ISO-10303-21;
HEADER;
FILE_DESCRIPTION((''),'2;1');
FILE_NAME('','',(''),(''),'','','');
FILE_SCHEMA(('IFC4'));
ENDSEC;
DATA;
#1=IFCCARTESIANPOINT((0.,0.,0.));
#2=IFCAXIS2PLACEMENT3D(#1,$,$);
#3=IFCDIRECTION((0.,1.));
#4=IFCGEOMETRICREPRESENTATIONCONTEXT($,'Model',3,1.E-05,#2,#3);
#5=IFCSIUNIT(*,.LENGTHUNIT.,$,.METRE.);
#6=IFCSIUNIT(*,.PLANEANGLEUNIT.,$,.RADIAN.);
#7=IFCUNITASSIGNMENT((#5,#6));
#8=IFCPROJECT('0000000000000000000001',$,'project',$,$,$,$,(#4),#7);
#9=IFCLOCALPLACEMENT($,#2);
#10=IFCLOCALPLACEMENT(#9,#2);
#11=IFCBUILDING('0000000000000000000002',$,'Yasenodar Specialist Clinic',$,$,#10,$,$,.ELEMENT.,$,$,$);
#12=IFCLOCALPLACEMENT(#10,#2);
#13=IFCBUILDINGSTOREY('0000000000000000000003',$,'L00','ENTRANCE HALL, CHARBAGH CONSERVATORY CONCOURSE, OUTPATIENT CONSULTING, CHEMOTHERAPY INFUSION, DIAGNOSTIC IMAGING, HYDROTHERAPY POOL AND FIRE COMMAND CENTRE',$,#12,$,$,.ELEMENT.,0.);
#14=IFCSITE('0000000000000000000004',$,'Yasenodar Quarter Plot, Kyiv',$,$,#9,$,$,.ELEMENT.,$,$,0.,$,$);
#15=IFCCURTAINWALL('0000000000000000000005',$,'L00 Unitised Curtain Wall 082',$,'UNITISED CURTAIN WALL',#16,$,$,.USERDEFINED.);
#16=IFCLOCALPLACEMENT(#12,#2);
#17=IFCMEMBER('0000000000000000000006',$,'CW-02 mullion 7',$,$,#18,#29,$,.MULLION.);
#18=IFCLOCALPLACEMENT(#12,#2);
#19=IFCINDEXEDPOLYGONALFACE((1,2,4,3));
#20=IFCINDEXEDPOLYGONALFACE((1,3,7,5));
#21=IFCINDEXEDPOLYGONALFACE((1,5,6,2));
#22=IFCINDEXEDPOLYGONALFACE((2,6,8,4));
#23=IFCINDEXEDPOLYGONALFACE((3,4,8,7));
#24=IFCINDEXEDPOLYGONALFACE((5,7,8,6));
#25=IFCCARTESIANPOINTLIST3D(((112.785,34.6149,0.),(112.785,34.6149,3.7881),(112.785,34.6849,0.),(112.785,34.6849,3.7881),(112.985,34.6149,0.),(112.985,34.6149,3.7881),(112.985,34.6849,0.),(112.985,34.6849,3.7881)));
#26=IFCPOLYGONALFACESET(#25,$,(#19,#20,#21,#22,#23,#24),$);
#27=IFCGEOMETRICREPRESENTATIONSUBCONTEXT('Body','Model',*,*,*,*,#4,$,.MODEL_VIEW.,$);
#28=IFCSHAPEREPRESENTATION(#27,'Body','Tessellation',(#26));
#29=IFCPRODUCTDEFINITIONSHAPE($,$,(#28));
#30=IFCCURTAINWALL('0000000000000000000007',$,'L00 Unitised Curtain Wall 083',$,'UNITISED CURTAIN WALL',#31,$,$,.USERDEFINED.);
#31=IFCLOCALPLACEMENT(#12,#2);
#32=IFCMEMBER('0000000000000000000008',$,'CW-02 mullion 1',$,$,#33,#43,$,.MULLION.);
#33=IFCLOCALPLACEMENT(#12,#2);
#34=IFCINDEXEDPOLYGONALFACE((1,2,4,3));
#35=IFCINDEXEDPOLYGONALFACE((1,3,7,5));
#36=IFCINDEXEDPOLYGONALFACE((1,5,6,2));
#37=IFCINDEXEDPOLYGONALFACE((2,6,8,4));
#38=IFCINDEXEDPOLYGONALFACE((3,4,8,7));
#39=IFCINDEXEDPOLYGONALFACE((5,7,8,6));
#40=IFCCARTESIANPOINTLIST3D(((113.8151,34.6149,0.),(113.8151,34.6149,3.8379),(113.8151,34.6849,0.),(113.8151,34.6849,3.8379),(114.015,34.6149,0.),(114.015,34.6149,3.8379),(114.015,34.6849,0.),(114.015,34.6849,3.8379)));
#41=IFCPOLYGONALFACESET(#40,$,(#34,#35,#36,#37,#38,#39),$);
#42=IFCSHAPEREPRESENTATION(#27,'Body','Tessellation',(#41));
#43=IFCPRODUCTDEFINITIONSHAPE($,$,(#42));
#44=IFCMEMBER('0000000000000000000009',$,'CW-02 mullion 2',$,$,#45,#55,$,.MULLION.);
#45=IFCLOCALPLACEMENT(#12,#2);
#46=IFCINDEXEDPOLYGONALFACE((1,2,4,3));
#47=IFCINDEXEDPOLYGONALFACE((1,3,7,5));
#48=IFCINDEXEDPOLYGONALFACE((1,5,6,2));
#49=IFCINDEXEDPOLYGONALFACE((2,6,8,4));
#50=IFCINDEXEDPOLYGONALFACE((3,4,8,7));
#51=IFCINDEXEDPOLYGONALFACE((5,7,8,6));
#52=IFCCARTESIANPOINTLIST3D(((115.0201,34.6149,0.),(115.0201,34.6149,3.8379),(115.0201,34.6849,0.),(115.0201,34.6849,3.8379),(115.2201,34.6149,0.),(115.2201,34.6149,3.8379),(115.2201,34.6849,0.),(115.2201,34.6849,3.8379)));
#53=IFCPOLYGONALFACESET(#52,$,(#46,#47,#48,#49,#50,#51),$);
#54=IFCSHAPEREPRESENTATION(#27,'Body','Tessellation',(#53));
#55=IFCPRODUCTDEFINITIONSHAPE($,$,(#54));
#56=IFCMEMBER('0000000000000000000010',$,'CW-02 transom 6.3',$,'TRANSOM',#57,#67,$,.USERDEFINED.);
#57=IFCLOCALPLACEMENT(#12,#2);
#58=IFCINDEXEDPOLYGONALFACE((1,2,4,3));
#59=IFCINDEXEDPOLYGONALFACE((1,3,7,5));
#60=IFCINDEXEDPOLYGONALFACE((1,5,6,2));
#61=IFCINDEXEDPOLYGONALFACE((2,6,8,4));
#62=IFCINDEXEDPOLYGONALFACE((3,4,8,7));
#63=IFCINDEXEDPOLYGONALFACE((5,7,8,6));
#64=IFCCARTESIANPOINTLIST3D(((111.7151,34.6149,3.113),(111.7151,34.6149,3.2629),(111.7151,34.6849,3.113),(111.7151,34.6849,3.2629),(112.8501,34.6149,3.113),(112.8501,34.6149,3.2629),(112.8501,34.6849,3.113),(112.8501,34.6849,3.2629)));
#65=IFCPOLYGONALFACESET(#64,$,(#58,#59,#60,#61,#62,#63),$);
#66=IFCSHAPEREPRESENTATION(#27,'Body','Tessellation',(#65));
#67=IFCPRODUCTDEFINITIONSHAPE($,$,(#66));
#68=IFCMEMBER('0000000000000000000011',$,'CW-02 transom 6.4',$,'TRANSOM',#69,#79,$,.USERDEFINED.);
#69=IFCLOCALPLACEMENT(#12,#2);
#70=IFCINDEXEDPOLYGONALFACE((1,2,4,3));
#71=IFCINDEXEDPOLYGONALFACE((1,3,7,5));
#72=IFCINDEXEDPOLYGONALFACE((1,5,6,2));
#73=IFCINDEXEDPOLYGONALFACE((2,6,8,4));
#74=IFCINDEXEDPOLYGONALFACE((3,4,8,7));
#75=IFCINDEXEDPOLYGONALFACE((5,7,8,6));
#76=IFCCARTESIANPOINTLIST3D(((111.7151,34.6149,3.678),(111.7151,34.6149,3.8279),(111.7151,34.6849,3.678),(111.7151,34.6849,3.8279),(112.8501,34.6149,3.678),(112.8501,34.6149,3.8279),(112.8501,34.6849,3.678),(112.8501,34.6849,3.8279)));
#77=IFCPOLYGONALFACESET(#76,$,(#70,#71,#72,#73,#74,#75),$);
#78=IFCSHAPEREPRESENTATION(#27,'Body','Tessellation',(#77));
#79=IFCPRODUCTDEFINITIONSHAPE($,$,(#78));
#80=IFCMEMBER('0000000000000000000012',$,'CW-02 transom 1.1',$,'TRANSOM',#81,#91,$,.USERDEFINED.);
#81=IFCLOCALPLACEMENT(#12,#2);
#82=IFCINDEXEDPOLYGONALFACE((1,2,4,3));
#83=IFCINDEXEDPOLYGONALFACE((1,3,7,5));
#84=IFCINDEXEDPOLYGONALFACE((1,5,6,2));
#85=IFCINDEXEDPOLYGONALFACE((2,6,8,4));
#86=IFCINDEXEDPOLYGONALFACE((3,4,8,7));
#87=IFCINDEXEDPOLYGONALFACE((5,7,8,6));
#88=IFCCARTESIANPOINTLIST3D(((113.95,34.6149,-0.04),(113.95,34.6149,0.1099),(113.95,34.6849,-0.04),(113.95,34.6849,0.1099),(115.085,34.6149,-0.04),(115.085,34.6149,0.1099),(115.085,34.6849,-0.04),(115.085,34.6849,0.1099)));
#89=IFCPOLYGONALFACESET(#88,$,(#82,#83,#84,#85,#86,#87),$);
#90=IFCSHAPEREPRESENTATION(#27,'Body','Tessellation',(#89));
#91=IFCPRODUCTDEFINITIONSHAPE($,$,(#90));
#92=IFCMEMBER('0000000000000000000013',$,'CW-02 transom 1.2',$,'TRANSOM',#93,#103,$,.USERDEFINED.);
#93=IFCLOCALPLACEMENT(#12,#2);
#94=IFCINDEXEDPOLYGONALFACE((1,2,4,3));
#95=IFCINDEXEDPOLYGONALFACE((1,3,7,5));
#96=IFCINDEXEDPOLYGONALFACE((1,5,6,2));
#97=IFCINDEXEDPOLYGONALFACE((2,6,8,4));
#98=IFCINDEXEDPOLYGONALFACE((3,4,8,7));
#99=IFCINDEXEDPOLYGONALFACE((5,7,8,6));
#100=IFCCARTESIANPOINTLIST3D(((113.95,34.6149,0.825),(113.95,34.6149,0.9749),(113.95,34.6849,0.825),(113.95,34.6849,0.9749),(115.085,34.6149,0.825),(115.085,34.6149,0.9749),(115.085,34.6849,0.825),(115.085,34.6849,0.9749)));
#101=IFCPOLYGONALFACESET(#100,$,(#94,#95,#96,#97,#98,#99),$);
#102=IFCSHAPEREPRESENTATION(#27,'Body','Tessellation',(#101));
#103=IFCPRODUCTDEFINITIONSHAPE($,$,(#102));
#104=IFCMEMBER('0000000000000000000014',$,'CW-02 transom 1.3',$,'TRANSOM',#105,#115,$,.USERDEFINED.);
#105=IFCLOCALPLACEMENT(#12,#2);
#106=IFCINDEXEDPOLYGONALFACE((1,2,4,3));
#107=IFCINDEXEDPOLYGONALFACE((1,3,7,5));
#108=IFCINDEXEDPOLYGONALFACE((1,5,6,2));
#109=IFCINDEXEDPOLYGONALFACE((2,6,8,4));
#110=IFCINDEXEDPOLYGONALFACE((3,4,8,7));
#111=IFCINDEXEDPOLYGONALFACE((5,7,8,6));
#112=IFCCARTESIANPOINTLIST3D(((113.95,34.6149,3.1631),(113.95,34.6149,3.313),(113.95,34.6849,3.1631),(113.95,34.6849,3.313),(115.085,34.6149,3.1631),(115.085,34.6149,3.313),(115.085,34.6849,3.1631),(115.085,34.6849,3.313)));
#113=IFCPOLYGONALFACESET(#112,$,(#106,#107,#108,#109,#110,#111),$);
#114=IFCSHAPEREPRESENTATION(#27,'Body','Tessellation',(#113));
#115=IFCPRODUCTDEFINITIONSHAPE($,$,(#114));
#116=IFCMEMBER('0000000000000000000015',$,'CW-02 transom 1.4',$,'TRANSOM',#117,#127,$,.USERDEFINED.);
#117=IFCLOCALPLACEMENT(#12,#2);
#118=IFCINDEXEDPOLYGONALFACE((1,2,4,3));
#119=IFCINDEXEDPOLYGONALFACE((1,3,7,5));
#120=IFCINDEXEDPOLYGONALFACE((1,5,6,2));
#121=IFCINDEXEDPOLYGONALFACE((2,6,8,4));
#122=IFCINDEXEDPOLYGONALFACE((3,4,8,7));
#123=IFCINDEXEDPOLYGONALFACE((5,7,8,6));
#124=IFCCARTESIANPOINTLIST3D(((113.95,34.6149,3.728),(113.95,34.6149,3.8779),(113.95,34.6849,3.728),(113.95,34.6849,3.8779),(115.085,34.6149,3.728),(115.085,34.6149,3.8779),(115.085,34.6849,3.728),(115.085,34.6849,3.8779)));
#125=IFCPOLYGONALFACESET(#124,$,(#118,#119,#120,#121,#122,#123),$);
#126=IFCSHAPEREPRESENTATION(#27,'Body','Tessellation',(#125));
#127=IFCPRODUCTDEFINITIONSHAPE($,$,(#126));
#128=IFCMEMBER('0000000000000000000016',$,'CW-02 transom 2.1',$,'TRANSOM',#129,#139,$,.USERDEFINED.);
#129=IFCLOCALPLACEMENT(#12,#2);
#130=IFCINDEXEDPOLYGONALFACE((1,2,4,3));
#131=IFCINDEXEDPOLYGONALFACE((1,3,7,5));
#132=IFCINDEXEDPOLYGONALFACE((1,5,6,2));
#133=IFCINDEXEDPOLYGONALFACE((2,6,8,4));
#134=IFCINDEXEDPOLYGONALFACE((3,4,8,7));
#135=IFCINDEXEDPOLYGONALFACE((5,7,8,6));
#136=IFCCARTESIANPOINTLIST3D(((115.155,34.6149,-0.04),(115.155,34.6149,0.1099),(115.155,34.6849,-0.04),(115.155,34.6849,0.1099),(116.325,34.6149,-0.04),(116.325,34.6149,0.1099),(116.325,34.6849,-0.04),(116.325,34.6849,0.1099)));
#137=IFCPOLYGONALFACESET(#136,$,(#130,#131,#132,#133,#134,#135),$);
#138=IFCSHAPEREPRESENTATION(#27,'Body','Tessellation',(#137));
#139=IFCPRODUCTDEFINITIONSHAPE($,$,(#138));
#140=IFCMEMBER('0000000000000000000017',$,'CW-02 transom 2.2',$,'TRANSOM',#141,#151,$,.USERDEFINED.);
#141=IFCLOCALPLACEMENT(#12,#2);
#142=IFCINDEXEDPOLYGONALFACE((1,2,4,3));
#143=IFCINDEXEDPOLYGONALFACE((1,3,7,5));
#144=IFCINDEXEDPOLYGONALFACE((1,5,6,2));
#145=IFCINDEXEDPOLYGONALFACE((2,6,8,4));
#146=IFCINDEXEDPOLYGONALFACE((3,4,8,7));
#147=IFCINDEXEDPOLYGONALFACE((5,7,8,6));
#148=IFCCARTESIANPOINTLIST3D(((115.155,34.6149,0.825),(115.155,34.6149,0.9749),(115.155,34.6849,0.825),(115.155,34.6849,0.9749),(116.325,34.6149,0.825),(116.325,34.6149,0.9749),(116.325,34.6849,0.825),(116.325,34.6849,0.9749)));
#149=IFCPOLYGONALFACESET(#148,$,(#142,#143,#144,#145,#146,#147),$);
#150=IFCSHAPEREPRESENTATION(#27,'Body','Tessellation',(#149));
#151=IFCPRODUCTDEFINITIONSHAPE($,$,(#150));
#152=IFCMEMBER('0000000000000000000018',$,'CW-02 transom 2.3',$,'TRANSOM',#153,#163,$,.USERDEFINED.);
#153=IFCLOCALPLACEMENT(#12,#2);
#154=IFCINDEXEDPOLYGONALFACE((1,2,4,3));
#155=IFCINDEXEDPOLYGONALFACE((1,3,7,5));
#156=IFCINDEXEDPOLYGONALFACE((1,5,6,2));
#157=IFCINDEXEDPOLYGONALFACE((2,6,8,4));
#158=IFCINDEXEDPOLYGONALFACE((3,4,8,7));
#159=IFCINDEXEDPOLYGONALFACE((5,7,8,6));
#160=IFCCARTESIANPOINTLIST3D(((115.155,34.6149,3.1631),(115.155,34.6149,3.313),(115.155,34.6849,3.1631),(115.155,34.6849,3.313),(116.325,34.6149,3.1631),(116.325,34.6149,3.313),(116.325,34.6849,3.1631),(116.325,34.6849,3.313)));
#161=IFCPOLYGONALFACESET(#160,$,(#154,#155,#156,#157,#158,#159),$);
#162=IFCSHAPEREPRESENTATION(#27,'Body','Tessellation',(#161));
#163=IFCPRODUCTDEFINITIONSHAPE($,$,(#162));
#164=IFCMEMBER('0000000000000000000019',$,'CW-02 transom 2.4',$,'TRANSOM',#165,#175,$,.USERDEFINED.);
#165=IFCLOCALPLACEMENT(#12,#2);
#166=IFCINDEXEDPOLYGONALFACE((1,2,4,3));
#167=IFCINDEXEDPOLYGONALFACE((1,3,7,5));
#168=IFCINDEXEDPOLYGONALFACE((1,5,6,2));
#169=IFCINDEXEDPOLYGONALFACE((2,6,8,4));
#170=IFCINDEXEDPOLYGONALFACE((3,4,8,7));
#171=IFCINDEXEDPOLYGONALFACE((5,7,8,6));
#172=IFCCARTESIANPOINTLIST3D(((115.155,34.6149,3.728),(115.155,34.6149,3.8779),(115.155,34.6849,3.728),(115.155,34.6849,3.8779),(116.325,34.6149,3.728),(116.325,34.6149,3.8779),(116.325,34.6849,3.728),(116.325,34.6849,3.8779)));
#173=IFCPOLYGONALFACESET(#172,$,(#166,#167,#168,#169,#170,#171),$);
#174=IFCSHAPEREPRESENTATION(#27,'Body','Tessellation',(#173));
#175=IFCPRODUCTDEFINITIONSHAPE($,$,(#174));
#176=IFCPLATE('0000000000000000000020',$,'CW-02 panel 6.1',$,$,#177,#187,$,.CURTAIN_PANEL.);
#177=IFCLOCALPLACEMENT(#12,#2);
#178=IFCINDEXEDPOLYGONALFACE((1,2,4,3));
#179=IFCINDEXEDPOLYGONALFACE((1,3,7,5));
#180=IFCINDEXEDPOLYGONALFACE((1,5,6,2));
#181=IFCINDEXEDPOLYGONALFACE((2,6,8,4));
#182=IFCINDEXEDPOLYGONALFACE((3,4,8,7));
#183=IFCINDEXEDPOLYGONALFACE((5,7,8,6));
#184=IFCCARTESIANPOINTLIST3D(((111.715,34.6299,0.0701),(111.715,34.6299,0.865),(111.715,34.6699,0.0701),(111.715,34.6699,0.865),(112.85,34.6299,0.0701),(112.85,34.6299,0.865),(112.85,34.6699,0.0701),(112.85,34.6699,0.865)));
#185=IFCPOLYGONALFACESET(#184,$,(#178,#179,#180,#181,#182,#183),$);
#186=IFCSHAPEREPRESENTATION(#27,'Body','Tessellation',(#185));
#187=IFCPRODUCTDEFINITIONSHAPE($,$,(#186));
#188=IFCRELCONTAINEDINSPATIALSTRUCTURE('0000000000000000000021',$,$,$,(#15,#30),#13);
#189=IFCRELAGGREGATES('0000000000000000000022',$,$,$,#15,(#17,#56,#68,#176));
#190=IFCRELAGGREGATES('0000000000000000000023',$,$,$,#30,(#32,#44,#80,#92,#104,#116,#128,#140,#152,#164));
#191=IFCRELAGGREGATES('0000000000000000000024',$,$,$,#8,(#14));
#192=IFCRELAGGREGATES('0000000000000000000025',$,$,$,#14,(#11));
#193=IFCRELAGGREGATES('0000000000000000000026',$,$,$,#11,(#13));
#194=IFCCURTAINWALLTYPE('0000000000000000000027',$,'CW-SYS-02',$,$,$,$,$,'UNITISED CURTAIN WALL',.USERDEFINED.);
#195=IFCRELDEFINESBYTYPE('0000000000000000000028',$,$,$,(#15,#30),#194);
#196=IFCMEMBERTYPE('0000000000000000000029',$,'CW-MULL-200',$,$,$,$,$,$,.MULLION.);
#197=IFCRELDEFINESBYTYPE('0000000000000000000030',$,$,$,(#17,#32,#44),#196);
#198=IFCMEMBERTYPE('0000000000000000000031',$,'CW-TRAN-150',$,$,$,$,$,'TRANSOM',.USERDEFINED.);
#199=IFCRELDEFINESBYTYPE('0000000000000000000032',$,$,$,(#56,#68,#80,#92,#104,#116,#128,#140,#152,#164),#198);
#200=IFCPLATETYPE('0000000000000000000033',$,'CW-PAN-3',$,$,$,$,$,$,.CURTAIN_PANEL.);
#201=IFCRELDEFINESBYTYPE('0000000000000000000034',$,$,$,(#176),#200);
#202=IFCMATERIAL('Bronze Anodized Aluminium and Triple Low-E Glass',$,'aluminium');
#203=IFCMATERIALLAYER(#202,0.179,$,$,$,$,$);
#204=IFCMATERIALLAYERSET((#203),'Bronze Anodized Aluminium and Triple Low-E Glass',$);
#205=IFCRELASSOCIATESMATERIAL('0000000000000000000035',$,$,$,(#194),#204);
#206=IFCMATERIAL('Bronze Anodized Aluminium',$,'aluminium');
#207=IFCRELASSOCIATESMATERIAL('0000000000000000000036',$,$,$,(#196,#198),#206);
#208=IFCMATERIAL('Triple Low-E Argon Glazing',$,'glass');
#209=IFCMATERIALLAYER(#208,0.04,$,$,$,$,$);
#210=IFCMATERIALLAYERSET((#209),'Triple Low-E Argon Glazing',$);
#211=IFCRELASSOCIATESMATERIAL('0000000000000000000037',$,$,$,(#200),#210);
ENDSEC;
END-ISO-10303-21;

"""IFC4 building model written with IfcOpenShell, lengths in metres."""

from ifc_helpers import new_model, si_unit, direction, frame, origin, origin_2d, place, context, subcontext, project, spatial, rectangle, extrude, material, layer, layer_set, material_profile, profile_set, type_object, element, aggregate, save


model = new_model("IFC4")

# Units and contexts
model_context = context("Model", 3, precision=1e-05, world=origin(), true_north=direction((0.0, 1.0)))
body_context = subcontext(model_context, "Body", "Model", "MODEL_VIEW")
ifc_project = project(units=[si_unit("LENGTHUNIT", "METRE"), si_unit("PLANEANGLEUNIT", "RADIAN")], contexts=[model_context])

# Site, building, storey
site_placement = place(None, origin())
site = spatial("IfcSite", under=ifc_project, at=site_placement, Name="Yasenodar Quarter Plot, Kyiv", CompositionType="ELEMENT", RefElevation=0.0)
building_placement = place(site_placement, origin())
building = spatial("IfcBuilding", under=site, at=building_placement, Name="Yasenodar Specialist Clinic", CompositionType="ELEMENT")
storey_placement = place(building_placement, origin())
storey = spatial("IfcBuildingStorey", under=building, at=storey_placement, Name="L00", Description="ENTRANCE HALL, CHARBAGH CONSERVATORY CONCOURSE, OUTPATIENT CONSULTING, CHEMOTHERAPY INFUSION, DIAGNOSTIC IMAGING, HYDROTHERAPY POOL AND FIRE COMMAND CENTRE", CompositionType="ELEMENT", Elevation=0.0)

# Curtain wall, member
ifc_material_1 = material(Name="Bronze Anodized Aluminium and Triple Low-E Glass", Category="aluminium")
ifc_layer_1 = layer(ifc_material_1, 0.179)
ifc_layer_set_1 = layer_set([ifc_layer_1], Name="Bronze Anodized Aluminium and Triple Low-E Glass")
curtain_wall_type = type_object("IfcCurtainWallType", Name="CW-SYS-02", ElementType="UNITISED CURTAIN WALL", PredefinedType="USERDEFINED", material=ifc_layer_set_1)
curtain_wall_1_placement = place(storey_placement, origin())
curtain_wall_1 = element("IfcCurtainWall", 1, at=curtain_wall_1_placement, inside=storey, type_object=curtain_wall_type, Name="L00 Unitised Curtain Wall 082", ObjectType="UNITISED CURTAIN WALL", PredefinedType="USERDEFINED")
ifc_material_2 = material(Name="Bronze Anodized Aluminium", Category="aluminium")
ifc_material_profile_1 = material_profile(ifc_material_2, rectangle(XDim=0.0701, YDim=0.2, at=origin_2d()), Name="CW-MULL 70x200")
ifc_profile_set_1 = profile_set([ifc_material_profile_1], Name="Bronze Anodized Aluminium")
member_type_1 = type_object("IfcMemberType", Name="CW-MULL-200", PredefinedType="MULLION", material=ifc_profile_set_1)
member_1_placement = place(storey_placement, frame((112.885, 34.6499, 0.0), z_axis=(0.0, 0.0, 1.0), x_axis=(0.0, 1.0, 0.0)))
member_1 = element("IfcMember", 2, at=member_1_placement, type_object=member_type_1, Name="CW-02 mullion 7", PredefinedType="MULLION", context=body_context, shape_type="SweptSolid", body=[
    extrude(rectangle(XDim=0.0701, YDim=0.2, at=origin_2d()), origin(), (0.0, 0.0, 1.0), 3.7881),
])

# Curtain wall, members
curtain_wall_2_placement = place(storey_placement, origin())
curtain_wall_2 = element("IfcCurtainWall", 3, at=curtain_wall_2_placement, inside=storey, type_object=curtain_wall_type, Name="L00 Unitised Curtain Wall 083", ObjectType="UNITISED CURTAIN WALL", PredefinedType="USERDEFINED")
member_2_placement = place(storey_placement, frame((113.915, 34.6499, 0.0), z_axis=(0.0, 0.0, 1.0), x_axis=(0.0, 1.0, 0.0)))
member_2 = element("IfcMember", 4, at=member_2_placement, type_object=member_type_1, Name="CW-02 mullion 1", PredefinedType="MULLION", context=body_context, shape_type="SweptSolid", body=[
    extrude(rectangle(XDim=0.0701, YDim=0.2, at=origin_2d()), origin(), (0.0, 0.0, 1.0), 3.8379),
])
member_3_placement = place(storey_placement, frame((115.1201, 34.6499, 0.0), z_axis=(0.0, 0.0, 1.0), x_axis=(0.0, 1.0, 0.0)))
member_3 = element("IfcMember", 5, at=member_3_placement, type_object=member_type_1, Name="CW-02 mullion 2", PredefinedType="MULLION", context=body_context, shape_type="SweptSolid", body=[
    extrude(rectangle(XDim=0.0701, YDim=0.2, at=origin_2d()), origin(), (0.0, 0.0, 1.0), 3.8379),
])

# Members
ifc_material_profile_2 = material_profile(ifc_material_2, rectangle(XDim=0.0701, YDim=0.1499, at=origin_2d()), Name="CW-TRAN 70x150")
ifc_profile_set_2 = profile_set([ifc_material_profile_2], Name="Bronze Anodized Aluminium")
member_type_2 = type_object("IfcMemberType", Name="CW-TRAN-150", ElementType="TRANSOM", PredefinedType="USERDEFINED", material=ifc_profile_set_2)
member_4_placement = place(storey_placement, frame((111.7151, 34.6499, 3.188), z_axis=(1.0, 0.0, 0.0), x_axis=(0.0, 1.0, 0.0)))
member_4 = element("IfcMember", 6, at=member_4_placement, type_object=member_type_2, Name="CW-02 transom 6.3", ObjectType="TRANSOM", PredefinedType="USERDEFINED", context=body_context, shape_type="SweptSolid", body=[
    extrude(rectangle(XDim=0.0701, YDim=0.1499, at=origin_2d()), origin(), (0.0, 0.0, 1.0), 1.135),
])
member_5_placement = place(storey_placement, frame((111.7151, 34.6499, 3.7529), z_axis=(1.0, 0.0, 0.0), x_axis=(0.0, 1.0, 0.0)))
member_5 = element("IfcMember", 7, at=member_5_placement, type_object=member_type_2, Name="CW-02 transom 6.4", ObjectType="TRANSOM", PredefinedType="USERDEFINED", context=body_context, shape_type="SweptSolid", body=[
    extrude(rectangle(XDim=0.0701, YDim=0.1499, at=origin_2d()), origin(), (0.0, 0.0, 1.0), 1.135),
])
member_6_placement = place(storey_placement, frame((113.95, 34.6499, 0.0349), z_axis=(1.0, 0.0, 0.0), x_axis=(0.0, 1.0, 0.0)))
member_6 = element("IfcMember", 8, at=member_6_placement, type_object=member_type_2, Name="CW-02 transom 1.1", ObjectType="TRANSOM", PredefinedType="USERDEFINED", context=body_context, shape_type="SweptSolid", body=[
    extrude(rectangle(XDim=0.0701, YDim=0.1499, at=origin_2d()), origin(), (0.0, 0.0, 1.0), 1.135),
])
member_7_placement = place(storey_placement, frame((113.95, 34.6499, 0.8999), z_axis=(1.0, 0.0, 0.0), x_axis=(0.0, 1.0, 0.0)))
member_7 = element("IfcMember", 9, at=member_7_placement, type_object=member_type_2, Name="CW-02 transom 1.2", ObjectType="TRANSOM", PredefinedType="USERDEFINED", context=body_context, shape_type="SweptSolid", body=[
    extrude(rectangle(XDim=0.0701, YDim=0.1499, at=origin_2d()), origin(), (0.0, 0.0, 1.0), 1.135),
])
member_8_placement = place(storey_placement, frame((113.95, 34.6499, 3.238), z_axis=(1.0, 0.0, 0.0), x_axis=(0.0, 1.0, 0.0)))
member_8 = element("IfcMember", 10, at=member_8_placement, type_object=member_type_2, Name="CW-02 transom 1.3", ObjectType="TRANSOM", PredefinedType="USERDEFINED", context=body_context, shape_type="SweptSolid", body=[
    extrude(rectangle(XDim=0.0701, YDim=0.1499, at=origin_2d()), origin(), (0.0, 0.0, 1.0), 1.135),
])
member_9_placement = place(storey_placement, frame((113.95, 34.6499, 3.803), z_axis=(1.0, 0.0, 0.0), x_axis=(0.0, 1.0, 0.0)))
member_9 = element("IfcMember", 11, at=member_9_placement, type_object=member_type_2, Name="CW-02 transom 1.4", ObjectType="TRANSOM", PredefinedType="USERDEFINED", context=body_context, shape_type="SweptSolid", body=[
    extrude(rectangle(XDim=0.0701, YDim=0.1499, at=origin_2d()), origin(), (0.0, 0.0, 1.0), 1.135),
])
member_10_placement = place(storey_placement, frame((115.155, 34.6499, 0.0349), z_axis=(1.0, 0.0, 0.0), x_axis=(0.0, 1.0, 0.0)))
member_10 = element("IfcMember", 12, at=member_10_placement, type_object=member_type_2, Name="CW-02 transom 2.1", ObjectType="TRANSOM", PredefinedType="USERDEFINED", context=body_context, shape_type="SweptSolid", body=[
    extrude(rectangle(XDim=0.0701, YDim=0.1499, at=origin_2d()), origin(), (0.0, 0.0, 1.0), 1.1699),
])
member_11_placement = place(storey_placement, frame((115.155, 34.6499, 0.8999), z_axis=(1.0, 0.0, 0.0), x_axis=(0.0, 1.0, 0.0)))
member_11 = element("IfcMember", 13, at=member_11_placement, type_object=member_type_2, Name="CW-02 transom 2.2", ObjectType="TRANSOM", PredefinedType="USERDEFINED", context=body_context, shape_type="SweptSolid", body=[
    extrude(rectangle(XDim=0.0701, YDim=0.1499, at=origin_2d()), origin(), (0.0, 0.0, 1.0), 1.1699),
])
member_12_placement = place(storey_placement, frame((115.155, 34.6499, 3.238), z_axis=(1.0, 0.0, 0.0), x_axis=(0.0, 1.0, 0.0)))
member_12 = element("IfcMember", 14, at=member_12_placement, type_object=member_type_2, Name="CW-02 transom 2.3", ObjectType="TRANSOM", PredefinedType="USERDEFINED", context=body_context, shape_type="SweptSolid", body=[
    extrude(rectangle(XDim=0.0701, YDim=0.1499, at=origin_2d()), origin(), (0.0, 0.0, 1.0), 1.1699),
])
member_13_placement = place(storey_placement, frame((115.155, 34.6499, 3.803), z_axis=(1.0, 0.0, 0.0), x_axis=(0.0, 1.0, 0.0)))
member_13 = element("IfcMember", 15, at=member_13_placement, type_object=member_type_2, Name="CW-02 transom 2.4", ObjectType="TRANSOM", PredefinedType="USERDEFINED", context=body_context, shape_type="SweptSolid", body=[
    extrude(rectangle(XDim=0.0701, YDim=0.1499, at=origin_2d()), origin(), (0.0, 0.0, 1.0), 1.1699),
])

# Plate
ifc_material_3 = material(Name="Triple Low-E Argon Glazing", Category="glass")
ifc_layer_2 = layer(ifc_material_3, 0.04)
ifc_layer_set_2 = layer_set([ifc_layer_2], Name="Triple Low-E Argon Glazing")
plate_type_1 = type_object("IfcPlateType", Name="CW-PAN-3", PredefinedType="CURTAIN_PANEL", material=ifc_layer_set_2)
plate_1_placement = place(storey_placement, frame((112.2825, 34.6499, 0.0701), z_axis=(0.0, 0.0, 1.0), x_axis=(1.0, 0.0, 0.0)))
plate_1 = element("IfcPlate", 16, at=plate_1_placement, type_object=plate_type_1, Name="CW-02 panel 6.1", PredefinedType="CURTAIN_PANEL", context=body_context, shape_type="SweptSolid", body=[
    extrude(rectangle(XDim=1.135, YDim=0.04, at=origin_2d()), origin(), (0.0, 0.0, 1.0), 0.7949),
])
aggregate(curtain_wall_1, [member_1, member_4, member_5, plate_1])
aggregate(curtain_wall_2, [member_2, member_3, member_6, member_7, member_8, member_9, member_10, member_11, member_12, member_13])

save(model, "model.ifc")
